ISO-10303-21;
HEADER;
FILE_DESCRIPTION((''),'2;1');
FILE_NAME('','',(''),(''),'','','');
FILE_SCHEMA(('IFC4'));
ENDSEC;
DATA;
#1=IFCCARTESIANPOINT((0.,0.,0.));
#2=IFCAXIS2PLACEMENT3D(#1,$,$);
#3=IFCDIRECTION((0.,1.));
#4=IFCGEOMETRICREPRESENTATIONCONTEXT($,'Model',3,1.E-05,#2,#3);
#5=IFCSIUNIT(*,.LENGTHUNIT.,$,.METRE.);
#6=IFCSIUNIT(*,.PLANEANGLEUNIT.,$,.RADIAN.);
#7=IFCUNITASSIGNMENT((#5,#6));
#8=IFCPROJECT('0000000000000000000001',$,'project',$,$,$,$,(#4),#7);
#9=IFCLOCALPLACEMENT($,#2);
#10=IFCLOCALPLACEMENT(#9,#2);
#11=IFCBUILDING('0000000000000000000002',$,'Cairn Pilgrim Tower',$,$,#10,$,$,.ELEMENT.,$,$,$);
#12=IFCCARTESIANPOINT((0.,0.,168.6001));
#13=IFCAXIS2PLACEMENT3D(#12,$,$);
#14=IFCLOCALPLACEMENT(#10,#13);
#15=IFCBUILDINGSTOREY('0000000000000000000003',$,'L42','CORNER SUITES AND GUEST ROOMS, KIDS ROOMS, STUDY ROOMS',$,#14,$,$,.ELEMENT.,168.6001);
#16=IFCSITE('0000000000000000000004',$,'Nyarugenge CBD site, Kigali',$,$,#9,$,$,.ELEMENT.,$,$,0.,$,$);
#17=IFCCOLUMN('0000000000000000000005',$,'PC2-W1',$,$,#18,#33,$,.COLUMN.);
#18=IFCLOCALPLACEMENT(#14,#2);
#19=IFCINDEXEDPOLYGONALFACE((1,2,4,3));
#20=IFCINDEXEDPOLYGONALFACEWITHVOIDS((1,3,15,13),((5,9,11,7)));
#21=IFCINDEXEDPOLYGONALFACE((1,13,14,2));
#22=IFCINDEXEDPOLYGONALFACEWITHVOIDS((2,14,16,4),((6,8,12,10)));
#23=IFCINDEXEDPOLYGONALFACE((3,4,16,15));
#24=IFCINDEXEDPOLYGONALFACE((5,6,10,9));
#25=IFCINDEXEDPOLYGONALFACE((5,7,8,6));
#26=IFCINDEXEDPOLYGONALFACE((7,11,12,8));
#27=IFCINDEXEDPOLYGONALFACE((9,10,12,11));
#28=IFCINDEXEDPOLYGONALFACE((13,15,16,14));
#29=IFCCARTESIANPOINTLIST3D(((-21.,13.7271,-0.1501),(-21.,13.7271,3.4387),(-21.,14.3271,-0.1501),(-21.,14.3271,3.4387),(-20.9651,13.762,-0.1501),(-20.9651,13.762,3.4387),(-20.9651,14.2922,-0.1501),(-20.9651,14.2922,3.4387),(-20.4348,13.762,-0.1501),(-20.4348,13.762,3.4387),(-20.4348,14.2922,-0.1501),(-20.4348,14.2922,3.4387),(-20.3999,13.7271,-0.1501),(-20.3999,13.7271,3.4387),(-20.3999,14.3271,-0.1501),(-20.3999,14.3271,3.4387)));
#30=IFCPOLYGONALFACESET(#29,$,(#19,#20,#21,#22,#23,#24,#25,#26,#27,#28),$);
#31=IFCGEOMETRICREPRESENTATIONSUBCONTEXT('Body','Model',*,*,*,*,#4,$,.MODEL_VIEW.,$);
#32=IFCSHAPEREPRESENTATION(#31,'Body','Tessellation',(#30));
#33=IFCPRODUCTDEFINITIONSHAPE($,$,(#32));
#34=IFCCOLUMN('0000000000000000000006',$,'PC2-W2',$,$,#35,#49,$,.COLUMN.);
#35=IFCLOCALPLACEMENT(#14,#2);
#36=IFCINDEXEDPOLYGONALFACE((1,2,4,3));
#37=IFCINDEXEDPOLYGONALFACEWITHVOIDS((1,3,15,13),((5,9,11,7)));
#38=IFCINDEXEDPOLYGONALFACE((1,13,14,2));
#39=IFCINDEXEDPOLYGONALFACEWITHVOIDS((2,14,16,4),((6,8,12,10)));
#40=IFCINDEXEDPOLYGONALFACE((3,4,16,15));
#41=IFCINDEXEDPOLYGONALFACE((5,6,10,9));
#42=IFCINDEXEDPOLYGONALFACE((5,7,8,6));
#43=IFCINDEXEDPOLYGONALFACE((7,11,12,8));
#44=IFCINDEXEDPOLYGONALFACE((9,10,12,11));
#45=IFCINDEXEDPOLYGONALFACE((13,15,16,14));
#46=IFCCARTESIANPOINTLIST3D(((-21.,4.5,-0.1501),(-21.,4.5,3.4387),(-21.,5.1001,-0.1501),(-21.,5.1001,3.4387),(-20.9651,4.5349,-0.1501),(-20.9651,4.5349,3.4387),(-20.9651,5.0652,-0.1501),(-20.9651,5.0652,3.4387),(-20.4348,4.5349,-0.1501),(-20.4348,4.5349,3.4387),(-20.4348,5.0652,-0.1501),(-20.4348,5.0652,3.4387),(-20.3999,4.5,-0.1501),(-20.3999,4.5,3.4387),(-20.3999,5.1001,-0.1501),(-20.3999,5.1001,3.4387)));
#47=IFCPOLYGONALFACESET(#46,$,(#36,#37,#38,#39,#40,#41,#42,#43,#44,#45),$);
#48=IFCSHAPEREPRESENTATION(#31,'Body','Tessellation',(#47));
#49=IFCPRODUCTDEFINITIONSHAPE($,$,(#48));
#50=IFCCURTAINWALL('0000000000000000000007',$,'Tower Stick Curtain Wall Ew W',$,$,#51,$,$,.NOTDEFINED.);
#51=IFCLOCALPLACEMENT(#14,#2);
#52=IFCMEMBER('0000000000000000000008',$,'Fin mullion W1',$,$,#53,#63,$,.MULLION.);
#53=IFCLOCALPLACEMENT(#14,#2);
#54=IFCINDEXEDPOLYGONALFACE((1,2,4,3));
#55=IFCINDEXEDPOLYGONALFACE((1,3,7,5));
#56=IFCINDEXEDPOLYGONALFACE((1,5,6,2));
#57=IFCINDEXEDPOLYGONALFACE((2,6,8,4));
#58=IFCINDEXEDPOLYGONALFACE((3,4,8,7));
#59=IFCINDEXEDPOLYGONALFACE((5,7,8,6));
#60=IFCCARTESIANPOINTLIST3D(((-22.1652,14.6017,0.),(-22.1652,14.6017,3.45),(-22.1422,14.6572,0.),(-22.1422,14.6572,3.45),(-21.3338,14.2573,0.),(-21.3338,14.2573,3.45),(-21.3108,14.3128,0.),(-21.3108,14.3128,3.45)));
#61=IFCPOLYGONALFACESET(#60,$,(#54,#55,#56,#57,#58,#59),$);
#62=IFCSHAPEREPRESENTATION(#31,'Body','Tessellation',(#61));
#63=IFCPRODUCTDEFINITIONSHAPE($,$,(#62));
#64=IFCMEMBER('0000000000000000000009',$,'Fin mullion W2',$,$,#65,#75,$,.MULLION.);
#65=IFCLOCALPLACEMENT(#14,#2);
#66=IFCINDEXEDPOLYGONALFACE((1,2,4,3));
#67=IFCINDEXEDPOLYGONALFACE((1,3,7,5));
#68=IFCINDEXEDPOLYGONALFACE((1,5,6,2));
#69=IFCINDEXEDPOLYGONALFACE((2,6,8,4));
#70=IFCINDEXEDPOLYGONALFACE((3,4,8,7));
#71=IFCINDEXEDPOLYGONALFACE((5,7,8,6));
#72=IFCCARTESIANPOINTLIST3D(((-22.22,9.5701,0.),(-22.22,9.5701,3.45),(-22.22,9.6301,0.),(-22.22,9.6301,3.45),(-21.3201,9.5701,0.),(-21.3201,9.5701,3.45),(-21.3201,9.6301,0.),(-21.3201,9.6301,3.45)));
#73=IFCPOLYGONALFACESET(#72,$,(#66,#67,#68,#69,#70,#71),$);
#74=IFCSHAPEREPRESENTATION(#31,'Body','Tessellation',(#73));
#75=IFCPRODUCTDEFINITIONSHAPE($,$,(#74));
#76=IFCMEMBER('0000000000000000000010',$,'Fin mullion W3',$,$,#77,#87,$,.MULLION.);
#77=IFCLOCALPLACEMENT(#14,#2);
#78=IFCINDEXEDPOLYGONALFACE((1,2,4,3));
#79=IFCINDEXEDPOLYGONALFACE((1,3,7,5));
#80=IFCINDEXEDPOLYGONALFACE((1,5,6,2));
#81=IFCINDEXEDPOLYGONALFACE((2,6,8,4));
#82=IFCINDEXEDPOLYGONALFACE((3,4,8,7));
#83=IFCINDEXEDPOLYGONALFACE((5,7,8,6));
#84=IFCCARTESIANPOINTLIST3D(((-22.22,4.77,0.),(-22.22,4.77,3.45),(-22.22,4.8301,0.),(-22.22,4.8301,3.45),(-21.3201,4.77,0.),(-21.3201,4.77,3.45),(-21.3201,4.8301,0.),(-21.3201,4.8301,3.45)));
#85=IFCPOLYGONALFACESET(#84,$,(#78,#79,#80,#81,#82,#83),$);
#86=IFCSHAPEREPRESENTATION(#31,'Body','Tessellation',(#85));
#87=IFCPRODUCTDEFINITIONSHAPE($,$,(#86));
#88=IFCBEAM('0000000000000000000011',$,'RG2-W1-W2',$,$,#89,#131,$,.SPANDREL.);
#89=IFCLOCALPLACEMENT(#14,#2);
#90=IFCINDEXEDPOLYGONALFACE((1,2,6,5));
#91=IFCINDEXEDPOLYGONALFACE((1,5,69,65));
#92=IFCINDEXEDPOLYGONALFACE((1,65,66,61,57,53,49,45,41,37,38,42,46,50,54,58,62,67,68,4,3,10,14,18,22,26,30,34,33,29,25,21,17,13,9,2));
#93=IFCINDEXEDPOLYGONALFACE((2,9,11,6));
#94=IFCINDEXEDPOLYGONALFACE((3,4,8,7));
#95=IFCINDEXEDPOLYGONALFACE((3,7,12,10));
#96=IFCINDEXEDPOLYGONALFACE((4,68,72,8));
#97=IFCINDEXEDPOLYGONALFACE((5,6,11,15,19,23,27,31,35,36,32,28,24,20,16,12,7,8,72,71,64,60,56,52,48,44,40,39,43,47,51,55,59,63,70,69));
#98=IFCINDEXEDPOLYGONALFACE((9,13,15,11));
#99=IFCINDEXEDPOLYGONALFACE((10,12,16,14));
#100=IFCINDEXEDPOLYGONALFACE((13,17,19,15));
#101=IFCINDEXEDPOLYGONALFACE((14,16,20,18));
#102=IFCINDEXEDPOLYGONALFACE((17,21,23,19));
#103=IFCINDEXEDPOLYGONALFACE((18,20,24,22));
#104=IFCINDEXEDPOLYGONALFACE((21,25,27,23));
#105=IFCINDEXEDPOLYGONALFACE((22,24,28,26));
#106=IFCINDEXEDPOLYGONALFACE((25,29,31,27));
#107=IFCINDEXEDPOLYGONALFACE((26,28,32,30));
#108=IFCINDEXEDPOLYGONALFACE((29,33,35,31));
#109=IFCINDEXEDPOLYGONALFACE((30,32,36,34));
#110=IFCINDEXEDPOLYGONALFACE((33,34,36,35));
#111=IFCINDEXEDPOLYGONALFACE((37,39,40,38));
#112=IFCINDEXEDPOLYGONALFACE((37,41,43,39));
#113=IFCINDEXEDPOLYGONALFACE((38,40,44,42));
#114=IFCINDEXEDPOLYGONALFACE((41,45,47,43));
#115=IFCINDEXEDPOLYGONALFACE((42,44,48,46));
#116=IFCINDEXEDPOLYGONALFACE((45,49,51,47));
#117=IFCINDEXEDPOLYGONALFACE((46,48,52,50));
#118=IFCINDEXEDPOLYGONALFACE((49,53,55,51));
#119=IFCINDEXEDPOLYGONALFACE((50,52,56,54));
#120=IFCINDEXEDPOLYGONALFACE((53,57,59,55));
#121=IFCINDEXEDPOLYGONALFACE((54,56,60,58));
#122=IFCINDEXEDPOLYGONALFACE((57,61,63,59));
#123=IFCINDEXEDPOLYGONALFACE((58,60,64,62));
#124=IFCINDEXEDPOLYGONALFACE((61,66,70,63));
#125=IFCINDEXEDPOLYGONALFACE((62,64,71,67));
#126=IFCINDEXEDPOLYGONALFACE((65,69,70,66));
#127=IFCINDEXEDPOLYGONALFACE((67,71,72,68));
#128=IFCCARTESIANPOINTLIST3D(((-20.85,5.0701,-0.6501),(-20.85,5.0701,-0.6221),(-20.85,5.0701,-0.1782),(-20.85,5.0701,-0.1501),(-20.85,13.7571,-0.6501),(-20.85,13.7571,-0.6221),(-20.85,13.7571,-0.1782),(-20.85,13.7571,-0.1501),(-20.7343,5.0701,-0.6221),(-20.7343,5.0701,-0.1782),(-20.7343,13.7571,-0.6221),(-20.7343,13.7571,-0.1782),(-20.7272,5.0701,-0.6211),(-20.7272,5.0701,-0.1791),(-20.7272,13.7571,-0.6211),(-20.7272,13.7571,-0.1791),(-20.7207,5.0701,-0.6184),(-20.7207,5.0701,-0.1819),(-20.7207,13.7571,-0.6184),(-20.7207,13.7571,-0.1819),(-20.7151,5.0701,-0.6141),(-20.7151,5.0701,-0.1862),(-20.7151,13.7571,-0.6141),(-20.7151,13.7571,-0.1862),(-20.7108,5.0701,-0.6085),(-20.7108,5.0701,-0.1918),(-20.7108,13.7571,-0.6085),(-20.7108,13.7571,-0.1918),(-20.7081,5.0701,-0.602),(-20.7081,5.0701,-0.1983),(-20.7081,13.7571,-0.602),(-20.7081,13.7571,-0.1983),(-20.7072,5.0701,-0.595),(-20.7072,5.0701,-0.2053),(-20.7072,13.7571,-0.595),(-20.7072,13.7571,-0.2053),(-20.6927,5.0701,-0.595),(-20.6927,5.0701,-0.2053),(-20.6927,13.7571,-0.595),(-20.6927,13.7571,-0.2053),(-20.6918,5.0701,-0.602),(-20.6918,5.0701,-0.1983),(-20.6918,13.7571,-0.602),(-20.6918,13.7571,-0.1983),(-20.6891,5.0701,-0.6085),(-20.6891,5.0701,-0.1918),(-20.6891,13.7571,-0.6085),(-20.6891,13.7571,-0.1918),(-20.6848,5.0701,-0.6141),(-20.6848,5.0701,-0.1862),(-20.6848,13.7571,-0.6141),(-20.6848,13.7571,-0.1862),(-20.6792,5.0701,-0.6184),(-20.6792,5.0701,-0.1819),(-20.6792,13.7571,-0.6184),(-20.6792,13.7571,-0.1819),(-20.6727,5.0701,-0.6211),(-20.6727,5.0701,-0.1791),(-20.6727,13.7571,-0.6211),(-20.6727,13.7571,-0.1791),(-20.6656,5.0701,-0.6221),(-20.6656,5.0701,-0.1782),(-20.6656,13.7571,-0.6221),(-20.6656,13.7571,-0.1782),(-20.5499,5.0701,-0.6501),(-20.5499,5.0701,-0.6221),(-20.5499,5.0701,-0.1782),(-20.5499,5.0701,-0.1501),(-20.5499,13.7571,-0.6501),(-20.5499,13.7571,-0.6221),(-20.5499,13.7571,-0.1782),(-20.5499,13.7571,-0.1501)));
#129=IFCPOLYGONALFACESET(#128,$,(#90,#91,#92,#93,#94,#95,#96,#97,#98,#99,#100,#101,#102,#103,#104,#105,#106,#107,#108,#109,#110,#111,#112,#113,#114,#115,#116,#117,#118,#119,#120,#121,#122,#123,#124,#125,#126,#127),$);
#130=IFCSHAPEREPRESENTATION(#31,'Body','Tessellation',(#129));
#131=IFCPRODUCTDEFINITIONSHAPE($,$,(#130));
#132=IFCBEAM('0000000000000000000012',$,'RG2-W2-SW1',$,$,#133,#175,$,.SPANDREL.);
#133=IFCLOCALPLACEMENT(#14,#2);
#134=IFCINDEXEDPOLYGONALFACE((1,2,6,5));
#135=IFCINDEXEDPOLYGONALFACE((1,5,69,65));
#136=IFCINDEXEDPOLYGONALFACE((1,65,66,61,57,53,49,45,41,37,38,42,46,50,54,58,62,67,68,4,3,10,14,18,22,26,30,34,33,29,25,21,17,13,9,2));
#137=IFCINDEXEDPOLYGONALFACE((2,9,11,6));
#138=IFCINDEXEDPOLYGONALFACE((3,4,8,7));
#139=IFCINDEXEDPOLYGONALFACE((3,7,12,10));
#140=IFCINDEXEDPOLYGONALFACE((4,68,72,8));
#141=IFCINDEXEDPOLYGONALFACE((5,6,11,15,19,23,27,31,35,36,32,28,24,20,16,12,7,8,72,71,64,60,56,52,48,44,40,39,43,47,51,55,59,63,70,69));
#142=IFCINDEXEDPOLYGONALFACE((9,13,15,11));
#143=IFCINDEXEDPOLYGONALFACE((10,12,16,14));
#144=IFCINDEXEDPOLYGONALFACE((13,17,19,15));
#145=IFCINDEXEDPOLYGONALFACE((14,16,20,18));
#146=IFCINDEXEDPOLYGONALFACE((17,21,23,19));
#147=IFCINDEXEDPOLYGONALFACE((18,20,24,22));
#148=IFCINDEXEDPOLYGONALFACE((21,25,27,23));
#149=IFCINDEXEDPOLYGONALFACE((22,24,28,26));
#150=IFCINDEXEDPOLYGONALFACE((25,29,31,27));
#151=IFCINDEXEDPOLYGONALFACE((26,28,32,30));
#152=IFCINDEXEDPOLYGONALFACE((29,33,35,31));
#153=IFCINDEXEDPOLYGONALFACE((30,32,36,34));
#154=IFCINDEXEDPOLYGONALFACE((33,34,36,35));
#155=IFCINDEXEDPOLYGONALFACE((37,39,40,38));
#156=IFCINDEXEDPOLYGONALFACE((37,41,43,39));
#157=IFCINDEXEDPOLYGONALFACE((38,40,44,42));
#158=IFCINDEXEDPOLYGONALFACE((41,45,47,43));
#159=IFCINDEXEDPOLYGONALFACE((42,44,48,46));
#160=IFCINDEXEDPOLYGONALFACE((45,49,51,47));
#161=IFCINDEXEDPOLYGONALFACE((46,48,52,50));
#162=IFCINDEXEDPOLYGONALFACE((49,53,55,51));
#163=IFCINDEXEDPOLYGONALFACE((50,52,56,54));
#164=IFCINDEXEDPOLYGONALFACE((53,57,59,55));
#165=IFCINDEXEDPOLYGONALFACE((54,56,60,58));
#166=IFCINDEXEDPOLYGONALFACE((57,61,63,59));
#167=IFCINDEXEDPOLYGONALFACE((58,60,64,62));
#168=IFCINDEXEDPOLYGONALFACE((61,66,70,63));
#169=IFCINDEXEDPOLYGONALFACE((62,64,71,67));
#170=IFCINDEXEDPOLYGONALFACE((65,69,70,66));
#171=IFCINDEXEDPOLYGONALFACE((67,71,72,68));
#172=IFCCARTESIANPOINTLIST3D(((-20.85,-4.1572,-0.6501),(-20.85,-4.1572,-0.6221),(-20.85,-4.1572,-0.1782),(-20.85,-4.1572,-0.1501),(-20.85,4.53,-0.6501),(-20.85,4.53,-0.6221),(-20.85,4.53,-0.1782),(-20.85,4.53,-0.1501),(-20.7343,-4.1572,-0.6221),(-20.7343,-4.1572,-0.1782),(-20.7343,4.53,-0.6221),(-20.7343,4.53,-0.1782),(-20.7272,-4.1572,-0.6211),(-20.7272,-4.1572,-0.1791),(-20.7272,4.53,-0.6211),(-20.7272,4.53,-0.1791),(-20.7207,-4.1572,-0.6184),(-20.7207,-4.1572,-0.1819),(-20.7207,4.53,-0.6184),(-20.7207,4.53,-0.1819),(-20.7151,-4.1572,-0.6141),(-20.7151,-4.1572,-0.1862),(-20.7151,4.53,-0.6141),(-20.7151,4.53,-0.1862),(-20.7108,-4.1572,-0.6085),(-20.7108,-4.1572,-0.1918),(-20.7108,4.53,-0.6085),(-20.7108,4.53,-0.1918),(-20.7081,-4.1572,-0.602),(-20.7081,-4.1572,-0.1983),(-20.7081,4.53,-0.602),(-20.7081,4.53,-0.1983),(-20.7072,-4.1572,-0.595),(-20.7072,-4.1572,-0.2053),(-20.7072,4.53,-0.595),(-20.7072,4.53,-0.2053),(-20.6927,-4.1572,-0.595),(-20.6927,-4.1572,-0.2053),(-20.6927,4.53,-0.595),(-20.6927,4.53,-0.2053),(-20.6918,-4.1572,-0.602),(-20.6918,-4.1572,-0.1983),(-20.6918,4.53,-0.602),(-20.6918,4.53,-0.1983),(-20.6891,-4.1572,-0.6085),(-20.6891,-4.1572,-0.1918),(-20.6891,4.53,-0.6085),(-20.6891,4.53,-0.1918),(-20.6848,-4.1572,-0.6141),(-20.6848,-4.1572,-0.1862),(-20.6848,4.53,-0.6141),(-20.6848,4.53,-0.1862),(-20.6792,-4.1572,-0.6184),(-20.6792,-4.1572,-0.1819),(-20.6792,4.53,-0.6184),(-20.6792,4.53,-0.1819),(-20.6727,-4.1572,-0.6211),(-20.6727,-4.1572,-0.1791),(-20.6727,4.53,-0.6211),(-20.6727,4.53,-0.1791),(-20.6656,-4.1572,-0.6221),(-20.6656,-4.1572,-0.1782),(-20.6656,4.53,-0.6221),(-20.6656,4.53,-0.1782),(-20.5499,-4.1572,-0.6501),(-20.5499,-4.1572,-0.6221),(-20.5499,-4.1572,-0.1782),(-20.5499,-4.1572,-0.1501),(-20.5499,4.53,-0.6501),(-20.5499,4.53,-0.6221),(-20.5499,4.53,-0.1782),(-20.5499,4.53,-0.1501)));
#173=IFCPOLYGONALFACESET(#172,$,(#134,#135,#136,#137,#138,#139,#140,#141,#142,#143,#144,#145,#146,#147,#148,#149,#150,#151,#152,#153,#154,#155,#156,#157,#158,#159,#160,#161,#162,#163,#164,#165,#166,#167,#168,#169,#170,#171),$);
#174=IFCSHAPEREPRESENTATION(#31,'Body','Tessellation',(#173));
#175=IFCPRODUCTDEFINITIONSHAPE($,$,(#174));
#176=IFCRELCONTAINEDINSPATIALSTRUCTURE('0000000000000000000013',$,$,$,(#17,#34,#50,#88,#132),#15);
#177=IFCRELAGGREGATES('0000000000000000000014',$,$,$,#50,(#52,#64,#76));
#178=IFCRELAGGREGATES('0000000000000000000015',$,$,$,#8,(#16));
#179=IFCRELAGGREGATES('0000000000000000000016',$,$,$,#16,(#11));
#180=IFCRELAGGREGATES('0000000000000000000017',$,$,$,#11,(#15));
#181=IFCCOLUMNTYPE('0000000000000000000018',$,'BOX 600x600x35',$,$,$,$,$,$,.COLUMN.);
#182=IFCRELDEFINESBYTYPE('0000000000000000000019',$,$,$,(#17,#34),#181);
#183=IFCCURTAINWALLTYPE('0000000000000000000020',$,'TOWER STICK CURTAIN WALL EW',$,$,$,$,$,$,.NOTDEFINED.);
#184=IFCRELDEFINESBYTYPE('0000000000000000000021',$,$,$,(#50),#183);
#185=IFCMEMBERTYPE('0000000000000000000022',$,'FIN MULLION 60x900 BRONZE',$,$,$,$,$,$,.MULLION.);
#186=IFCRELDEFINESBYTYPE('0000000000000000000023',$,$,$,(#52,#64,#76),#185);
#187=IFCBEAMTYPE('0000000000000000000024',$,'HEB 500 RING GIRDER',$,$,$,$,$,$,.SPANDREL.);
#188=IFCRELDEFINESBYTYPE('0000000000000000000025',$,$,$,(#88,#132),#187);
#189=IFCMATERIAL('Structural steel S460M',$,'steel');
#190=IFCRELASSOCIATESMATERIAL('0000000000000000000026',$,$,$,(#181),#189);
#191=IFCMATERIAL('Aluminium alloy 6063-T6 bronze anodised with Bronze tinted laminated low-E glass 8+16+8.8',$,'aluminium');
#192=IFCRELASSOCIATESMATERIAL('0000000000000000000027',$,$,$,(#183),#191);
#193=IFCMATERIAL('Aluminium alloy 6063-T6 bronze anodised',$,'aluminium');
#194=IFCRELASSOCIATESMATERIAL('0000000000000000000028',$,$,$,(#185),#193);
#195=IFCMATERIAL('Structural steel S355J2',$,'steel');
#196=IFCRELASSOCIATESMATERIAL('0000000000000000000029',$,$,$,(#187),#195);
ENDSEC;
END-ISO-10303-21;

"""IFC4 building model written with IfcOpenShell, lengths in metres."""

from ifc_helpers import new_model, si_unit, direction, frame, origin, origin_2d, place, context, subcontext, project, spatial, rectangle, hollow_rectangle, i_section, extrude, clip, halfspace, material, material_profile, profile_set, type_object, element, aggregate, save


model = new_model("IFC4")

# Units and contexts
model_context = context("Model", 3, precision=1e-05, world=origin(), true_north=direction((0.0, 1.0)))
body_context = subcontext(model_context, "Body", "Model", "MODEL_VIEW")
ifc_project = project(units=[si_unit("LENGTHUNIT", "METRE"), si_unit("PLANEANGLEUNIT", "RADIAN")], contexts=[model_context])

# Site, building, storey
site_placement = place(None, origin())
site = spatial("IfcSite", under=ifc_project, at=site_placement, Name="Nyarugenge CBD site, Kigali", CompositionType="ELEMENT", RefElevation=0.0)
building_placement = place(site_placement, origin())
building = spatial("IfcBuilding", under=site, at=building_placement, Name="Cairn Pilgrim Tower", CompositionType="ELEMENT")
storey_placement = place(building_placement, frame((0.0, 0.0, 168.6001)))
storey = spatial("IfcBuildingStorey", under=building, at=storey_placement, Name="L42", Description="CORNER SUITES AND GUEST ROOMS, KIDS ROOMS, STUDY ROOMS", CompositionType="ELEMENT", Elevation=168.6001)

# Columns
ifc_material_1 = material(Name="Structural steel S460M", Category="steel")
ifc_material_profile_1 = material_profile(ifc_material_1, hollow_rectangle(XDim=0.6001, YDim=0.6001, WallThickness=0.0349, at=origin_2d()), Name="BOX 600x600x35")
ifc_profile_set_1 = profile_set([ifc_material_profile_1], Name="Structural steel S460M")
column_type = type_object("IfcColumnType", Name="BOX 600x600x35", PredefinedType="COLUMN", material=ifc_profile_set_1)
for number, where, z_axis, x_axis, name in (
    (1, (-20.7, 14.0271, -0.1501), (0.0, 0.0, 1.0), (1.0, 0.0, 0.0), "PC2-W1"),
    (2, (-20.7, 4.8, -0.1501), (0.0, 0.0, 1.0), (1.0, 0.0, 0.0), "PC2-W2"),
):
    element("IfcColumn", number, at=place(storey_placement, frame(where, z_axis=z_axis, x_axis=x_axis)), inside=storey, type_object=column_type, Name=name, PredefinedType="COLUMN", context=body_context, shape_type="Clipping", body=[
        clip(extrude(hollow_rectangle(XDim=0.6001, YDim=0.6001, WallThickness=0.0349, at=origin_2d()), origin(), (0.0, 0.0, 1.0), 3.6001), halfspace(frame((0.0, 0.0, 3.5889), z_axis=(0.0, 0.0, 1.0), x_axis=(1.0, 0.0, 0.0)), False)),
    ])

# Curtain wall, members
ifc_material_2 = material(Name="Aluminium alloy 6063-T6 bronze anodised with Bronze tinted laminated low-E glass 8+16+8.8", Category="aluminium")
curtain_wall_type = type_object("IfcCurtainWallType", Name="TOWER STICK CURTAIN WALL EW", PredefinedType="NOTDEFINED", material=ifc_material_2)
curtain_wall_placement = place(storey_placement, origin())
curtain_wall = element("IfcCurtainWall", 3, at=curtain_wall_placement, inside=storey, type_object=curtain_wall_type, Name="Tower Stick Curtain Wall Ew W", PredefinedType="NOTDEFINED")
ifc_material_3 = material(Name="Aluminium alloy 6063-T6 bronze anodised", Category="aluminium")
ifc_material_profile_2 = material_profile(ifc_material_3, rectangle(XDim=0.8999, YDim=0.0601, at=origin_2d()), Name="FIN MULLION 60x900 BRONZE")
ifc_profile_set_2 = profile_set([ifc_material_profile_2], Name="Aluminium alloy 6063-T6 bronze anodised")
member_type_1 = type_object("IfcMemberType", Name="FIN MULLION 60x900 BRONZE", PredefinedType="MULLION", material=ifc_profile_set_2)
member_1_placement = place(storey_placement, frame((-21.738, 14.4573, 0.0), z_axis=(0.0, 0.0, 1.0), x_axis=(-0.92388, 0.382683, 0.0)))
member_1 = element("IfcMember", 4, at=member_1_placement, type_object=member_type_1, Name="Fin mullion W1", PredefinedType="MULLION", context=body_context, shape_type="SweptSolid", body=[
    extrude(rectangle(XDim=0.8999, YDim=0.0601, at=origin_2d()), origin(), (0.0, 0.0, 1.0), 3.45),
])
member_2_placement = place(storey_placement, frame((-21.77, 9.6001, 0.0), z_axis=(0.0, 0.0, 1.0), x_axis=(-1.0, 0.0, 0.0)))
member_2 = element("IfcMember", 5, at=member_2_placement, type_object=member_type_1, Name="Fin mullion W2", PredefinedType="MULLION", context=body_context, shape_type="SweptSolid", body=[
    extrude(rectangle(XDim=0.8999, YDim=0.0601, at=origin_2d()), origin(), (0.0, 0.0, 1.0), 3.45),
])
member_3_placement = place(storey_placement, frame((-21.77, 4.8, 0.0), z_axis=(0.0, 0.0, 1.0), x_axis=(-1.0, 0.0, 0.0)))
member_3 = element("IfcMember", 6, at=member_3_placement, type_object=member_type_1, Name="Fin mullion W3", PredefinedType="MULLION", context=body_context, shape_type="SweptSolid", body=[
    extrude(rectangle(XDim=0.8999, YDim=0.0601, at=origin_2d()), origin(), (0.0, 0.0, 1.0), 3.45),
])

# Beams
ifc_material_4 = material(Name="Structural steel S355J2", Category="steel")
ifc_material_profile_3 = material_profile(ifc_material_4, i_section(OverallWidth=0.3, OverallDepth=0.5, WebThickness=0.0144, FlangeThickness=0.0281, FilletRadius=0.0271, at=origin_2d()), Name="HEB 500")
ifc_profile_set_3 = profile_set([ifc_material_profile_3], Name="Structural steel S355J2")
beam_type_1 = type_object("IfcBeamType", Name="HEB 500 RING GIRDER", PredefinedType="SPANDREL", material=ifc_profile_set_3)
beam_1_placement = place(storey_placement, frame((-20.7, 13.7571, -0.4001), z_axis=(0.0, -1.0, 0.0), x_axis=(1.0, 0.0, 0.0)))
element("IfcBeam", 7, at=beam_1_placement, inside=storey, type_object=beam_type_1, Name="RG2-W1-W2", PredefinedType="SPANDREL", context=body_context, shape_type="SweptSolid", body=[
    extrude(i_section(OverallWidth=0.3, OverallDepth=0.5, WebThickness=0.0144, FlangeThickness=0.0281, FilletRadius=0.0271, at=origin_2d()), origin(), (0.0, 0.0, 1.0), 8.687),
])
beam_2_placement = place(storey_placement, frame((-20.7, 4.53, -0.4001), z_axis=(0.0, -1.0, 0.0), x_axis=(1.0, 0.0, 0.0)))
element("IfcBeam", 8, at=beam_2_placement, inside=storey, type_object=beam_type_1, Name="RG2-W2-SW1", PredefinedType="SPANDREL", context=body_context, shape_type="SweptSolid", body=[
    extrude(i_section(OverallWidth=0.3, OverallDepth=0.5, WebThickness=0.0144, FlangeThickness=0.0281, FilletRadius=0.0271, at=origin_2d()), origin(), (0.0, 0.0, 1.0), 8.6873),
])

aggregate(curtain_wall, [member_1, member_2, member_3])

save(model, "model.ifc")
